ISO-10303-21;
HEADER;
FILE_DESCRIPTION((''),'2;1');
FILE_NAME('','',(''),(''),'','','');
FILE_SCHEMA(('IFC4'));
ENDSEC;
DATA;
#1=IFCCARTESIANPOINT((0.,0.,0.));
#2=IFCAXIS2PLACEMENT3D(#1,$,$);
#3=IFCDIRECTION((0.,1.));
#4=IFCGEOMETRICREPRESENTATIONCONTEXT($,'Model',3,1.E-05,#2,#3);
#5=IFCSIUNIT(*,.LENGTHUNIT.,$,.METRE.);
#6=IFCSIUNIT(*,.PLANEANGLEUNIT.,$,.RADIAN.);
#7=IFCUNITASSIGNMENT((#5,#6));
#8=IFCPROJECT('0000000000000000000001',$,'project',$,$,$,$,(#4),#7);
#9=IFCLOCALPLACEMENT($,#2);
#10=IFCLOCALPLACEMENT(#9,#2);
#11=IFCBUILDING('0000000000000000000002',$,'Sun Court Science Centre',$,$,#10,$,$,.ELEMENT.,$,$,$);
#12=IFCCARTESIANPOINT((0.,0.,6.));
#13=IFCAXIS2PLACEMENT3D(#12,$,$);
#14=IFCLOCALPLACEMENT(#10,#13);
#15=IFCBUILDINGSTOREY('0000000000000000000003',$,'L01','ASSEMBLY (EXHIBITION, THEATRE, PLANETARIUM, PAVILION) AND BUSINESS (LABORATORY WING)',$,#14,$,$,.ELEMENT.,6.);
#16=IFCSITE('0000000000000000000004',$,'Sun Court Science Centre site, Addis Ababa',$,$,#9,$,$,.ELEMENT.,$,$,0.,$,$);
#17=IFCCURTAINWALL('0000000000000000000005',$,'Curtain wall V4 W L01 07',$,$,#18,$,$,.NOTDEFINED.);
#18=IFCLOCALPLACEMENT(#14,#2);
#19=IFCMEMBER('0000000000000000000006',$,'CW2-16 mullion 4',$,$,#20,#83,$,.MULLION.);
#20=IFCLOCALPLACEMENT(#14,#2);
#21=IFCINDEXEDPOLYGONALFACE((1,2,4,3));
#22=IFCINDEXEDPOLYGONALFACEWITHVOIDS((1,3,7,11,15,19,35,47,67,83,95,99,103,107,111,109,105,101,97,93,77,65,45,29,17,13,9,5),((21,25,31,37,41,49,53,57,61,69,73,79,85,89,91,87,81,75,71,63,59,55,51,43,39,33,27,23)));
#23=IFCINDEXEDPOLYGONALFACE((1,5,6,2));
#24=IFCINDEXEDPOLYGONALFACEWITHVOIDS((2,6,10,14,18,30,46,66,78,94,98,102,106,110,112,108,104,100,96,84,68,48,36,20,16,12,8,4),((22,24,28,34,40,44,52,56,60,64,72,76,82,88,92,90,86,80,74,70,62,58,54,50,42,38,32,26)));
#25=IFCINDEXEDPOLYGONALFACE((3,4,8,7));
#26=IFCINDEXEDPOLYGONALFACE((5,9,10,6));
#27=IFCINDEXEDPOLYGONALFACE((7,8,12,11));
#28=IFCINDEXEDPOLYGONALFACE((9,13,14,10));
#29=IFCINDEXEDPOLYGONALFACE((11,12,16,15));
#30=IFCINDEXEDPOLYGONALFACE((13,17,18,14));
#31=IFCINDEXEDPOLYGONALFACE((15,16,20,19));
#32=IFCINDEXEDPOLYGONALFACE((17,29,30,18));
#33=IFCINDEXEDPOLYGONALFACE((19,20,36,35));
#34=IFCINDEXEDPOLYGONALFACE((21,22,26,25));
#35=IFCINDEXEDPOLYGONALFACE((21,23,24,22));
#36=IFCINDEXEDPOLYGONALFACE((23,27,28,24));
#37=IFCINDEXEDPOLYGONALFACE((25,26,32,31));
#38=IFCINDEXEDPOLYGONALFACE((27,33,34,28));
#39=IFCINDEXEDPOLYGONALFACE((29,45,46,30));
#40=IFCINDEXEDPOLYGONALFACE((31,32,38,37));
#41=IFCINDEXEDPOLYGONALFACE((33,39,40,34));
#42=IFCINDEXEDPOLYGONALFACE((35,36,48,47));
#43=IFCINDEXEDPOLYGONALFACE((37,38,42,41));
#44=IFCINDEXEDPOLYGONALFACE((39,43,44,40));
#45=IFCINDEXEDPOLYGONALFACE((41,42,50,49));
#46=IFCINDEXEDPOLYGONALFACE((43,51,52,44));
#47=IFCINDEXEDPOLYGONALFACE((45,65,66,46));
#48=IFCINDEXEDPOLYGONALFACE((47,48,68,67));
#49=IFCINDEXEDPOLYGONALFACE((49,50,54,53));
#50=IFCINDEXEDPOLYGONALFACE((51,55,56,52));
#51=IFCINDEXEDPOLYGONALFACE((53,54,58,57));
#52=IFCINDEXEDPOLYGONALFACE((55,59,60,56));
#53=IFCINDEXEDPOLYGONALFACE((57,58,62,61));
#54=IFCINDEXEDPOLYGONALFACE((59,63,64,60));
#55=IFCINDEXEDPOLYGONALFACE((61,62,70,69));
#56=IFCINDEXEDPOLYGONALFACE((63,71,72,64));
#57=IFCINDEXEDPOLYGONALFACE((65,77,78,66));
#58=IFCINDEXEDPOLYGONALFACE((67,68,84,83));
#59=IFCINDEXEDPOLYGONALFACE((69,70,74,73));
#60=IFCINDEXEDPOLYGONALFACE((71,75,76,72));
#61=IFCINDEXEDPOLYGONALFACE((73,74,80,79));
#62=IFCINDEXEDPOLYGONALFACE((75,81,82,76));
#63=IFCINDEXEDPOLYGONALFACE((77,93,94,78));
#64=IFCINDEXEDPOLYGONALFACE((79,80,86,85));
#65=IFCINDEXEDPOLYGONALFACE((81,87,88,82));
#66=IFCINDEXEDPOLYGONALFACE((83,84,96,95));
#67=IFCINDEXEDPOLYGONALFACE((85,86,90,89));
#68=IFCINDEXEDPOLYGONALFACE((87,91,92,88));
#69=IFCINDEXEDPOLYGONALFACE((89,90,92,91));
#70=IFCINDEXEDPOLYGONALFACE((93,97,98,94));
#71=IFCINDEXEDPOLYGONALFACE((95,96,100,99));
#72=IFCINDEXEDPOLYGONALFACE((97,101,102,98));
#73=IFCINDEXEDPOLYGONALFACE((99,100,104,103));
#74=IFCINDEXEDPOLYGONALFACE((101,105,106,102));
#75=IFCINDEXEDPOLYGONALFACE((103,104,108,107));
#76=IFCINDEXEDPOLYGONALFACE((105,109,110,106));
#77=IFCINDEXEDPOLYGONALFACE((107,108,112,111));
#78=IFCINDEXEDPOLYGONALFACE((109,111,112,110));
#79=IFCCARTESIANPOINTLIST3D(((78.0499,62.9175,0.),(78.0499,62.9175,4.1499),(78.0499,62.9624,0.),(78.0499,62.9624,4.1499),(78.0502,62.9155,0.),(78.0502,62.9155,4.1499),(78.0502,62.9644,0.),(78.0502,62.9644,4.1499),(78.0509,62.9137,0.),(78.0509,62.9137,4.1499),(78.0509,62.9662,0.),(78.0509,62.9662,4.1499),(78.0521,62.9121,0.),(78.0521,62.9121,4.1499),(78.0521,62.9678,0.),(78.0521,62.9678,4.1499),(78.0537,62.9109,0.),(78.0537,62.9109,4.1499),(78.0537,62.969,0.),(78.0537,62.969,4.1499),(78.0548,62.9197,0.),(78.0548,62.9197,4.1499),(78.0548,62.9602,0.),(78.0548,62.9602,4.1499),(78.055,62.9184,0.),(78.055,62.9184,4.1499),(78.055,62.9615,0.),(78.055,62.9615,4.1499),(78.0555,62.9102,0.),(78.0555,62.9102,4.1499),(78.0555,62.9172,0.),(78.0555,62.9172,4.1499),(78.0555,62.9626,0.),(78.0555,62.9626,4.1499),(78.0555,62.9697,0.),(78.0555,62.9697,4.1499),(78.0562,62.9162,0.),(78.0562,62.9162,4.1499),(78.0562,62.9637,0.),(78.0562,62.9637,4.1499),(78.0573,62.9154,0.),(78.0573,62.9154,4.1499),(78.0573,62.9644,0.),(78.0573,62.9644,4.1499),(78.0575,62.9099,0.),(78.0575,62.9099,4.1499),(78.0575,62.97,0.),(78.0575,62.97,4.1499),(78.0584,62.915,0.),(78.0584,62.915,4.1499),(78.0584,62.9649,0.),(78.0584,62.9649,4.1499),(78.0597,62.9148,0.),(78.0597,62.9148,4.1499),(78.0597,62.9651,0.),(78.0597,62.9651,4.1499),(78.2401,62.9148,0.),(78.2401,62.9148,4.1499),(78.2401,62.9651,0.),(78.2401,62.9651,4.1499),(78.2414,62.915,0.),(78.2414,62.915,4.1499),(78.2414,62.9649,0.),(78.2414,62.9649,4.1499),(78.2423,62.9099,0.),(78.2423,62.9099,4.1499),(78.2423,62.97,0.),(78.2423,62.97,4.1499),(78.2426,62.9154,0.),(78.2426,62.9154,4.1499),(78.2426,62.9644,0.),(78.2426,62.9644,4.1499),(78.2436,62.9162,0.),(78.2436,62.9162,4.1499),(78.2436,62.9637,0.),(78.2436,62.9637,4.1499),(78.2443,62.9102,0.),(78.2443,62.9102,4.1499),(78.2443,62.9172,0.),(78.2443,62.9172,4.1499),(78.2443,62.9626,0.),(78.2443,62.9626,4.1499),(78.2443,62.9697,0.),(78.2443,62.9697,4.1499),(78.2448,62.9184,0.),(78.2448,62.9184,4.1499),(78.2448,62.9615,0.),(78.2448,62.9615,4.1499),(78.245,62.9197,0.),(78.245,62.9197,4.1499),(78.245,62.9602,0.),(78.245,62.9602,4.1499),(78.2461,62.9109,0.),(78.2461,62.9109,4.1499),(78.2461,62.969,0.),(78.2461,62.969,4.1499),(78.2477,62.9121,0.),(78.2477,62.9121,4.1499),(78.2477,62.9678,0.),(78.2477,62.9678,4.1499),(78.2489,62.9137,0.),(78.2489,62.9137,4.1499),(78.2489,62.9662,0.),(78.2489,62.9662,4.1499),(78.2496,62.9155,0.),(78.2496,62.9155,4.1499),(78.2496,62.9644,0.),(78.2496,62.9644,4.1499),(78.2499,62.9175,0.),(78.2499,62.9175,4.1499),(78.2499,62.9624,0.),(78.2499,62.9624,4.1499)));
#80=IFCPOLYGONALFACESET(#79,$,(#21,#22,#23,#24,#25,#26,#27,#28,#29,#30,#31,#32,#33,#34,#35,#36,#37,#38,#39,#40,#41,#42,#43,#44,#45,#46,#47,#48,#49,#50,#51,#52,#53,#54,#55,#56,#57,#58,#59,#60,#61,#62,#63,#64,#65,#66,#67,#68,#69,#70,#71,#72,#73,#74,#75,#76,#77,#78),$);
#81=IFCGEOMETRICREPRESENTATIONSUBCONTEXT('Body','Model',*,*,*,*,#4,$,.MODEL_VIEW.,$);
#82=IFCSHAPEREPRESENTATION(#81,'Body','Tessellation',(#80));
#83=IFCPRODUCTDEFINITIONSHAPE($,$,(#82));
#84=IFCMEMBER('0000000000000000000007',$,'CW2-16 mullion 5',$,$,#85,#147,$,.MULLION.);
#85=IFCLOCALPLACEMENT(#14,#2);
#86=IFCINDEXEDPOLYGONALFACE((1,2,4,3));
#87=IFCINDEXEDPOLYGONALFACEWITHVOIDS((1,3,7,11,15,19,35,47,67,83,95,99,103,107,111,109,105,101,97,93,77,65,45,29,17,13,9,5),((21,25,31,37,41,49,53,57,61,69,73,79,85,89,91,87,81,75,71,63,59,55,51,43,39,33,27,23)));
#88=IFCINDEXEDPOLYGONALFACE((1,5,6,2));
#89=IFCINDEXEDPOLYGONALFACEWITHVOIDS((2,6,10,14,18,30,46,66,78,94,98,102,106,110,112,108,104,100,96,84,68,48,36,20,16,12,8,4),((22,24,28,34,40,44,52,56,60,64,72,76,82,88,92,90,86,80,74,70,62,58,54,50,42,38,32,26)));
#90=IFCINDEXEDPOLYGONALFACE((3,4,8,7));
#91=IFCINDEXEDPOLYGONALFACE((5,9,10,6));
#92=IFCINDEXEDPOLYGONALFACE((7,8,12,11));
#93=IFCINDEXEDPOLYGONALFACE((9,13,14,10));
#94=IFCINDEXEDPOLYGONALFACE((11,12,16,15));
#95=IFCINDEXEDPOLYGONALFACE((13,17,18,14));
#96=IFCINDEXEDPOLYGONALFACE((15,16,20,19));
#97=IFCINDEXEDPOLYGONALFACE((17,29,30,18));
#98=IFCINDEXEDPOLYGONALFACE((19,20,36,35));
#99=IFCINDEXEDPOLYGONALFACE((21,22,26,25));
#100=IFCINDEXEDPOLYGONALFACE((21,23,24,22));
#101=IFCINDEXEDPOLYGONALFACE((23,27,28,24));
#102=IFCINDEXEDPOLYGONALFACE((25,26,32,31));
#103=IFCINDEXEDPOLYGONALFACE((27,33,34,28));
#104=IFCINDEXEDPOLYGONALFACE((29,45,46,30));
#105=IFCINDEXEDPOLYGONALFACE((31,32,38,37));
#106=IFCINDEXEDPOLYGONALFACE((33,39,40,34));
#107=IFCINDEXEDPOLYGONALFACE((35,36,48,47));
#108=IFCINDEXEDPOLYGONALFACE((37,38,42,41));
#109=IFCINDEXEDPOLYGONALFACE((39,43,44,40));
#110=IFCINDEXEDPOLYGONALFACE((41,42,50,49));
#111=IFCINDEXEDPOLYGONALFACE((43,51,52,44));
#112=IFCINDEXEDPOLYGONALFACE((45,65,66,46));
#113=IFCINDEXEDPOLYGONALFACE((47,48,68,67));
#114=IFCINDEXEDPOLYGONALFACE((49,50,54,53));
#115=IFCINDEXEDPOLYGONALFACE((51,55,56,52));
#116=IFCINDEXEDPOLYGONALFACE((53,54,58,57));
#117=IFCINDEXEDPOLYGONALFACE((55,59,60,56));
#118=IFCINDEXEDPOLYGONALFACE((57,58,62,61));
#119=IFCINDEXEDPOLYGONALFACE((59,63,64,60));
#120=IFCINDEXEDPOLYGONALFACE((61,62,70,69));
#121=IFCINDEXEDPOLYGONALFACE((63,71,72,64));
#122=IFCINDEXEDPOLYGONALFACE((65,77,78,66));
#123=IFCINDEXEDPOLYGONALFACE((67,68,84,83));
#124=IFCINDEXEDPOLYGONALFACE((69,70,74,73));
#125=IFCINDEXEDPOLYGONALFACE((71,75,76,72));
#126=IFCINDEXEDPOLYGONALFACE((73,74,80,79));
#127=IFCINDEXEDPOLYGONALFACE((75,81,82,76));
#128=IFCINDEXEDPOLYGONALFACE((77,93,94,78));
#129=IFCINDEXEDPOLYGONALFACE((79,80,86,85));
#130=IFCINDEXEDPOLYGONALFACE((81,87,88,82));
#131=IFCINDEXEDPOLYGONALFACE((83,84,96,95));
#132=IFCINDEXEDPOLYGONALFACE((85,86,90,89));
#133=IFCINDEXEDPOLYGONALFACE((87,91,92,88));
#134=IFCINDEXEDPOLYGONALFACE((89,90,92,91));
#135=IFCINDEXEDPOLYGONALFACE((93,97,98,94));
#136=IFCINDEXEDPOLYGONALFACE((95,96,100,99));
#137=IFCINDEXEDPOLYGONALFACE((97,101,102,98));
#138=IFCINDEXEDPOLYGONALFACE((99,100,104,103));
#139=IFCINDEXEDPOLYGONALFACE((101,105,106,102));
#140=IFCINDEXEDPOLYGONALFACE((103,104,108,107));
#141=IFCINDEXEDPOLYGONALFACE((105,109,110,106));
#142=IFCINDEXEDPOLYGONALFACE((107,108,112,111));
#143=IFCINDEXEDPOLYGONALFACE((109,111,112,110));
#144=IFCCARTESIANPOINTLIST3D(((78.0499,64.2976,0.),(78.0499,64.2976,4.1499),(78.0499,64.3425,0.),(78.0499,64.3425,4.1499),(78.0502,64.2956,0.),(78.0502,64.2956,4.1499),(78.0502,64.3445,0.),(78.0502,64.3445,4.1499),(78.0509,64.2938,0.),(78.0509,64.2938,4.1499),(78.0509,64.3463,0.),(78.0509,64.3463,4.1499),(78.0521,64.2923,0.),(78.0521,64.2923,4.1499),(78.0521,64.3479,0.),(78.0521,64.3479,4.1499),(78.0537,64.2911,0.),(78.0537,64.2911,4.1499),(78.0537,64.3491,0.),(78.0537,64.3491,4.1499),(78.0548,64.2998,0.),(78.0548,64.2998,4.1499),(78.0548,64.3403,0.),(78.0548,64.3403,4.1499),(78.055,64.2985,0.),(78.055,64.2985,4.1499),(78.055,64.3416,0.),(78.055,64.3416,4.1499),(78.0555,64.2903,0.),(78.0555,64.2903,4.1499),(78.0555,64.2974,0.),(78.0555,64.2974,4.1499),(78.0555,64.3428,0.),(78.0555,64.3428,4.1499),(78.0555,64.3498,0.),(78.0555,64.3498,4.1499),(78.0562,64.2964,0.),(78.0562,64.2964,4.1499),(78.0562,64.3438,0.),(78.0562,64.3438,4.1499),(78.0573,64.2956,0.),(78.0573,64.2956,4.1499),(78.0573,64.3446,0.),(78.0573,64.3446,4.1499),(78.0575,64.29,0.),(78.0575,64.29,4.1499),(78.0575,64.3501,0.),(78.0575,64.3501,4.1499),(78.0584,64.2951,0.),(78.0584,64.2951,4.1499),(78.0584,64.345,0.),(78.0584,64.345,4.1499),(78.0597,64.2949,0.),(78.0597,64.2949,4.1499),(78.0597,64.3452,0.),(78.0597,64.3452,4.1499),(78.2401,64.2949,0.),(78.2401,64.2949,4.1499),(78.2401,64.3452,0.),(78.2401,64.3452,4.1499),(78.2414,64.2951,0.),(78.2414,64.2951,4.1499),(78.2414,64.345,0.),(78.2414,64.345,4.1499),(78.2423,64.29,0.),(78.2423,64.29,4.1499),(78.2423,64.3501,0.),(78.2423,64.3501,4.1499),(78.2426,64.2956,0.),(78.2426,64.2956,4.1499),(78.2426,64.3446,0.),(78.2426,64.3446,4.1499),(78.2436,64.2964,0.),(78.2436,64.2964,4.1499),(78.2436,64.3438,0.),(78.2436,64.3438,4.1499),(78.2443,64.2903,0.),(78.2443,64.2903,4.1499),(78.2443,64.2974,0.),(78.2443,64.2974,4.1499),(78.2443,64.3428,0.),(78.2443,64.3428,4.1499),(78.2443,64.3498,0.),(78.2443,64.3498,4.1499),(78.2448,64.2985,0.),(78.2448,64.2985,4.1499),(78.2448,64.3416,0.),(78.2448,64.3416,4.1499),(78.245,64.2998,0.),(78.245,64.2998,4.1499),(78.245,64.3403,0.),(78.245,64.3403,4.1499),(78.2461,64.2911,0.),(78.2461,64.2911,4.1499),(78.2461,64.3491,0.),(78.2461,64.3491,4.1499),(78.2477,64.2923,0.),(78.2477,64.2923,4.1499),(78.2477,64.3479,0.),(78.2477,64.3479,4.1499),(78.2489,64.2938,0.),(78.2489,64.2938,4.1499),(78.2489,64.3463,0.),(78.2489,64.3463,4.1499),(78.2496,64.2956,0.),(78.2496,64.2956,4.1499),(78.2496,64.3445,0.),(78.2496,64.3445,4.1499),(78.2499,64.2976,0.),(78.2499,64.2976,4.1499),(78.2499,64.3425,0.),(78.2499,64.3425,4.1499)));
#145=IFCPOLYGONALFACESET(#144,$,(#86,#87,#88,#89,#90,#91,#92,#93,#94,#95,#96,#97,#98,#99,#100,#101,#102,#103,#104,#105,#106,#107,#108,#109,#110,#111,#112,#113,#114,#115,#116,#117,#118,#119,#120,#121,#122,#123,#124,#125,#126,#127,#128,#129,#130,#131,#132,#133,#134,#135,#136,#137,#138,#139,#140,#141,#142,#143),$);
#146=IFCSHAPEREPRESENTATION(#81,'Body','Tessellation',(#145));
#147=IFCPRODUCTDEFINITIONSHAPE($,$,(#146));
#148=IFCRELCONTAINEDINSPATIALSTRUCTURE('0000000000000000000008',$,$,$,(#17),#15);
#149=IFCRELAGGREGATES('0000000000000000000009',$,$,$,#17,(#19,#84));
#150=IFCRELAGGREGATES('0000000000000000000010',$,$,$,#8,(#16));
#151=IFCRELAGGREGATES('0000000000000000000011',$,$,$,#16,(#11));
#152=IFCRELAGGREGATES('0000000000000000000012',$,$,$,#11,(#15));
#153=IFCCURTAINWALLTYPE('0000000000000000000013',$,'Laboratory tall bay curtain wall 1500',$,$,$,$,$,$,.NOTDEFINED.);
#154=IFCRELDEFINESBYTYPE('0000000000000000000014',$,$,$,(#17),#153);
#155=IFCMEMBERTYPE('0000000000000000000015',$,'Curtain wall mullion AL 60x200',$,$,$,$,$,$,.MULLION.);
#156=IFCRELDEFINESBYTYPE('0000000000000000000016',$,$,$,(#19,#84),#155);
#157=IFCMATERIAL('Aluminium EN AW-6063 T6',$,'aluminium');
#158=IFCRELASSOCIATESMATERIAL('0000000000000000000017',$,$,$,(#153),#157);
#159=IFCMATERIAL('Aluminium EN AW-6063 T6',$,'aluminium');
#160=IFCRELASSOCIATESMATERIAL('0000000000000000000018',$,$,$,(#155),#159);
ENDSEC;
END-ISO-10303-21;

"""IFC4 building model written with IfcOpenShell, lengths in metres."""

from ifc_helpers import new_model, si_unit, direction, frame, origin, origin_2d, place, context, subcontext, project, spatial, hollow_rectangle, extrude, material, material_profile, profile_set, type_object, element, aggregate, save


model = new_model("IFC4")

# Units and contexts
model_context = context("Model", 3, precision=1e-05, world=origin(), true_north=direction((0.0, 1.0)))
body_context = subcontext(model_context, "Body", "Model", "MODEL_VIEW")
ifc_project = project(units=[si_unit("LENGTHUNIT", "METRE"), si_unit("PLANEANGLEUNIT", "RADIAN")], contexts=[model_context])

# Site, building, storey
site_placement = place(None, origin())
site = spatial("IfcSite", under=ifc_project, at=site_placement, Name="Sun Court Science Centre site, Addis Ababa", CompositionType="ELEMENT", RefElevation=0.0)
building_placement = place(site_placement, origin())
building = spatial("IfcBuilding", under=site, at=building_placement, Name="Sun Court Science Centre", CompositionType="ELEMENT")
storey_placement = place(building_placement, frame((0.0, 0.0, 6.0)))
storey = spatial("IfcBuildingStorey", under=building, at=storey_placement, Name="L01", Description="ASSEMBLY (EXHIBITION, THEATRE, PLANETARIUM, PAVILION) AND BUSINESS (LABORATORY WING)", CompositionType="ELEMENT", Elevation=6.0)

# Curtain wall, members
ifc_material_1 = material(Name="Aluminium EN AW-6063 T6", Category="aluminium")
curtain_wall_type = type_object("IfcCurtainWallType", Name="Laboratory tall bay curtain wall 1500", PredefinedType="NOTDEFINED", material=ifc_material_1)
curtain_wall_placement = place(storey_placement, origin())
curtain_wall = element("IfcCurtainWall", 1, at=curtain_wall_placement, inside=storey, type_object=curtain_wall_type, Name="Curtain wall V4 W L01 07", PredefinedType="NOTDEFINED")
ifc_material_2 = material(Name="Aluminium EN AW-6063 T6", Category="aluminium")
ifc_material_profile_1 = material_profile(ifc_material_2, hollow_rectangle(XDim=0.0601, YDim=0.2, WallThickness=0.0049, InnerFilletRadius=0.0049, OuterFilletRadius=0.0076, at=origin_2d()), Name="AL 60x200x5")
ifc_profile_set_1 = profile_set([ifc_material_profile_1], Name="Aluminium EN AW-6063 T6")
member_type_1 = type_object("IfcMemberType", Name="Curtain wall mullion AL 60x200", PredefinedType="MULLION", material=ifc_profile_set_1)
member_1_placement = place(storey_placement, frame((78.1499, 62.9399, 0.0), z_axis=(0.0, 0.0, 1.0), x_axis=(0.0, 1.0, 0.0)))
member_1 = element("IfcMember", 2, at=member_1_placement, type_object=member_type_1, Name="CW2-16 mullion 4", PredefinedType="MULLION", context=body_context, shape_type="SweptSolid", body=[
    extrude(hollow_rectangle(XDim=0.0601, YDim=0.2, WallThickness=0.0049, InnerFilletRadius=0.0049, OuterFilletRadius=0.0076, at=origin_2d()), origin(), (0.0, 0.0, 1.0), 4.1499),
])
member_2_placement = place(storey_placement, frame((78.1499, 64.3201, 0.0), z_axis=(0.0, 0.0, 1.0), x_axis=(0.0, 1.0, 0.0)))
member_2 = element("IfcMember", 3, at=member_2_placement, type_object=member_type_1, Name="CW2-16 mullion 5", PredefinedType="MULLION", context=body_context, shape_type="SweptSolid", body=[
    extrude(hollow_rectangle(XDim=0.0601, YDim=0.2, WallThickness=0.0049, InnerFilletRadius=0.0049, OuterFilletRadius=0.0076, at=origin_2d()), origin(), (0.0, 0.0, 1.0), 4.1499),
])

aggregate(curtain_wall, [member_1, member_2])

save(model, "model.ifc")
